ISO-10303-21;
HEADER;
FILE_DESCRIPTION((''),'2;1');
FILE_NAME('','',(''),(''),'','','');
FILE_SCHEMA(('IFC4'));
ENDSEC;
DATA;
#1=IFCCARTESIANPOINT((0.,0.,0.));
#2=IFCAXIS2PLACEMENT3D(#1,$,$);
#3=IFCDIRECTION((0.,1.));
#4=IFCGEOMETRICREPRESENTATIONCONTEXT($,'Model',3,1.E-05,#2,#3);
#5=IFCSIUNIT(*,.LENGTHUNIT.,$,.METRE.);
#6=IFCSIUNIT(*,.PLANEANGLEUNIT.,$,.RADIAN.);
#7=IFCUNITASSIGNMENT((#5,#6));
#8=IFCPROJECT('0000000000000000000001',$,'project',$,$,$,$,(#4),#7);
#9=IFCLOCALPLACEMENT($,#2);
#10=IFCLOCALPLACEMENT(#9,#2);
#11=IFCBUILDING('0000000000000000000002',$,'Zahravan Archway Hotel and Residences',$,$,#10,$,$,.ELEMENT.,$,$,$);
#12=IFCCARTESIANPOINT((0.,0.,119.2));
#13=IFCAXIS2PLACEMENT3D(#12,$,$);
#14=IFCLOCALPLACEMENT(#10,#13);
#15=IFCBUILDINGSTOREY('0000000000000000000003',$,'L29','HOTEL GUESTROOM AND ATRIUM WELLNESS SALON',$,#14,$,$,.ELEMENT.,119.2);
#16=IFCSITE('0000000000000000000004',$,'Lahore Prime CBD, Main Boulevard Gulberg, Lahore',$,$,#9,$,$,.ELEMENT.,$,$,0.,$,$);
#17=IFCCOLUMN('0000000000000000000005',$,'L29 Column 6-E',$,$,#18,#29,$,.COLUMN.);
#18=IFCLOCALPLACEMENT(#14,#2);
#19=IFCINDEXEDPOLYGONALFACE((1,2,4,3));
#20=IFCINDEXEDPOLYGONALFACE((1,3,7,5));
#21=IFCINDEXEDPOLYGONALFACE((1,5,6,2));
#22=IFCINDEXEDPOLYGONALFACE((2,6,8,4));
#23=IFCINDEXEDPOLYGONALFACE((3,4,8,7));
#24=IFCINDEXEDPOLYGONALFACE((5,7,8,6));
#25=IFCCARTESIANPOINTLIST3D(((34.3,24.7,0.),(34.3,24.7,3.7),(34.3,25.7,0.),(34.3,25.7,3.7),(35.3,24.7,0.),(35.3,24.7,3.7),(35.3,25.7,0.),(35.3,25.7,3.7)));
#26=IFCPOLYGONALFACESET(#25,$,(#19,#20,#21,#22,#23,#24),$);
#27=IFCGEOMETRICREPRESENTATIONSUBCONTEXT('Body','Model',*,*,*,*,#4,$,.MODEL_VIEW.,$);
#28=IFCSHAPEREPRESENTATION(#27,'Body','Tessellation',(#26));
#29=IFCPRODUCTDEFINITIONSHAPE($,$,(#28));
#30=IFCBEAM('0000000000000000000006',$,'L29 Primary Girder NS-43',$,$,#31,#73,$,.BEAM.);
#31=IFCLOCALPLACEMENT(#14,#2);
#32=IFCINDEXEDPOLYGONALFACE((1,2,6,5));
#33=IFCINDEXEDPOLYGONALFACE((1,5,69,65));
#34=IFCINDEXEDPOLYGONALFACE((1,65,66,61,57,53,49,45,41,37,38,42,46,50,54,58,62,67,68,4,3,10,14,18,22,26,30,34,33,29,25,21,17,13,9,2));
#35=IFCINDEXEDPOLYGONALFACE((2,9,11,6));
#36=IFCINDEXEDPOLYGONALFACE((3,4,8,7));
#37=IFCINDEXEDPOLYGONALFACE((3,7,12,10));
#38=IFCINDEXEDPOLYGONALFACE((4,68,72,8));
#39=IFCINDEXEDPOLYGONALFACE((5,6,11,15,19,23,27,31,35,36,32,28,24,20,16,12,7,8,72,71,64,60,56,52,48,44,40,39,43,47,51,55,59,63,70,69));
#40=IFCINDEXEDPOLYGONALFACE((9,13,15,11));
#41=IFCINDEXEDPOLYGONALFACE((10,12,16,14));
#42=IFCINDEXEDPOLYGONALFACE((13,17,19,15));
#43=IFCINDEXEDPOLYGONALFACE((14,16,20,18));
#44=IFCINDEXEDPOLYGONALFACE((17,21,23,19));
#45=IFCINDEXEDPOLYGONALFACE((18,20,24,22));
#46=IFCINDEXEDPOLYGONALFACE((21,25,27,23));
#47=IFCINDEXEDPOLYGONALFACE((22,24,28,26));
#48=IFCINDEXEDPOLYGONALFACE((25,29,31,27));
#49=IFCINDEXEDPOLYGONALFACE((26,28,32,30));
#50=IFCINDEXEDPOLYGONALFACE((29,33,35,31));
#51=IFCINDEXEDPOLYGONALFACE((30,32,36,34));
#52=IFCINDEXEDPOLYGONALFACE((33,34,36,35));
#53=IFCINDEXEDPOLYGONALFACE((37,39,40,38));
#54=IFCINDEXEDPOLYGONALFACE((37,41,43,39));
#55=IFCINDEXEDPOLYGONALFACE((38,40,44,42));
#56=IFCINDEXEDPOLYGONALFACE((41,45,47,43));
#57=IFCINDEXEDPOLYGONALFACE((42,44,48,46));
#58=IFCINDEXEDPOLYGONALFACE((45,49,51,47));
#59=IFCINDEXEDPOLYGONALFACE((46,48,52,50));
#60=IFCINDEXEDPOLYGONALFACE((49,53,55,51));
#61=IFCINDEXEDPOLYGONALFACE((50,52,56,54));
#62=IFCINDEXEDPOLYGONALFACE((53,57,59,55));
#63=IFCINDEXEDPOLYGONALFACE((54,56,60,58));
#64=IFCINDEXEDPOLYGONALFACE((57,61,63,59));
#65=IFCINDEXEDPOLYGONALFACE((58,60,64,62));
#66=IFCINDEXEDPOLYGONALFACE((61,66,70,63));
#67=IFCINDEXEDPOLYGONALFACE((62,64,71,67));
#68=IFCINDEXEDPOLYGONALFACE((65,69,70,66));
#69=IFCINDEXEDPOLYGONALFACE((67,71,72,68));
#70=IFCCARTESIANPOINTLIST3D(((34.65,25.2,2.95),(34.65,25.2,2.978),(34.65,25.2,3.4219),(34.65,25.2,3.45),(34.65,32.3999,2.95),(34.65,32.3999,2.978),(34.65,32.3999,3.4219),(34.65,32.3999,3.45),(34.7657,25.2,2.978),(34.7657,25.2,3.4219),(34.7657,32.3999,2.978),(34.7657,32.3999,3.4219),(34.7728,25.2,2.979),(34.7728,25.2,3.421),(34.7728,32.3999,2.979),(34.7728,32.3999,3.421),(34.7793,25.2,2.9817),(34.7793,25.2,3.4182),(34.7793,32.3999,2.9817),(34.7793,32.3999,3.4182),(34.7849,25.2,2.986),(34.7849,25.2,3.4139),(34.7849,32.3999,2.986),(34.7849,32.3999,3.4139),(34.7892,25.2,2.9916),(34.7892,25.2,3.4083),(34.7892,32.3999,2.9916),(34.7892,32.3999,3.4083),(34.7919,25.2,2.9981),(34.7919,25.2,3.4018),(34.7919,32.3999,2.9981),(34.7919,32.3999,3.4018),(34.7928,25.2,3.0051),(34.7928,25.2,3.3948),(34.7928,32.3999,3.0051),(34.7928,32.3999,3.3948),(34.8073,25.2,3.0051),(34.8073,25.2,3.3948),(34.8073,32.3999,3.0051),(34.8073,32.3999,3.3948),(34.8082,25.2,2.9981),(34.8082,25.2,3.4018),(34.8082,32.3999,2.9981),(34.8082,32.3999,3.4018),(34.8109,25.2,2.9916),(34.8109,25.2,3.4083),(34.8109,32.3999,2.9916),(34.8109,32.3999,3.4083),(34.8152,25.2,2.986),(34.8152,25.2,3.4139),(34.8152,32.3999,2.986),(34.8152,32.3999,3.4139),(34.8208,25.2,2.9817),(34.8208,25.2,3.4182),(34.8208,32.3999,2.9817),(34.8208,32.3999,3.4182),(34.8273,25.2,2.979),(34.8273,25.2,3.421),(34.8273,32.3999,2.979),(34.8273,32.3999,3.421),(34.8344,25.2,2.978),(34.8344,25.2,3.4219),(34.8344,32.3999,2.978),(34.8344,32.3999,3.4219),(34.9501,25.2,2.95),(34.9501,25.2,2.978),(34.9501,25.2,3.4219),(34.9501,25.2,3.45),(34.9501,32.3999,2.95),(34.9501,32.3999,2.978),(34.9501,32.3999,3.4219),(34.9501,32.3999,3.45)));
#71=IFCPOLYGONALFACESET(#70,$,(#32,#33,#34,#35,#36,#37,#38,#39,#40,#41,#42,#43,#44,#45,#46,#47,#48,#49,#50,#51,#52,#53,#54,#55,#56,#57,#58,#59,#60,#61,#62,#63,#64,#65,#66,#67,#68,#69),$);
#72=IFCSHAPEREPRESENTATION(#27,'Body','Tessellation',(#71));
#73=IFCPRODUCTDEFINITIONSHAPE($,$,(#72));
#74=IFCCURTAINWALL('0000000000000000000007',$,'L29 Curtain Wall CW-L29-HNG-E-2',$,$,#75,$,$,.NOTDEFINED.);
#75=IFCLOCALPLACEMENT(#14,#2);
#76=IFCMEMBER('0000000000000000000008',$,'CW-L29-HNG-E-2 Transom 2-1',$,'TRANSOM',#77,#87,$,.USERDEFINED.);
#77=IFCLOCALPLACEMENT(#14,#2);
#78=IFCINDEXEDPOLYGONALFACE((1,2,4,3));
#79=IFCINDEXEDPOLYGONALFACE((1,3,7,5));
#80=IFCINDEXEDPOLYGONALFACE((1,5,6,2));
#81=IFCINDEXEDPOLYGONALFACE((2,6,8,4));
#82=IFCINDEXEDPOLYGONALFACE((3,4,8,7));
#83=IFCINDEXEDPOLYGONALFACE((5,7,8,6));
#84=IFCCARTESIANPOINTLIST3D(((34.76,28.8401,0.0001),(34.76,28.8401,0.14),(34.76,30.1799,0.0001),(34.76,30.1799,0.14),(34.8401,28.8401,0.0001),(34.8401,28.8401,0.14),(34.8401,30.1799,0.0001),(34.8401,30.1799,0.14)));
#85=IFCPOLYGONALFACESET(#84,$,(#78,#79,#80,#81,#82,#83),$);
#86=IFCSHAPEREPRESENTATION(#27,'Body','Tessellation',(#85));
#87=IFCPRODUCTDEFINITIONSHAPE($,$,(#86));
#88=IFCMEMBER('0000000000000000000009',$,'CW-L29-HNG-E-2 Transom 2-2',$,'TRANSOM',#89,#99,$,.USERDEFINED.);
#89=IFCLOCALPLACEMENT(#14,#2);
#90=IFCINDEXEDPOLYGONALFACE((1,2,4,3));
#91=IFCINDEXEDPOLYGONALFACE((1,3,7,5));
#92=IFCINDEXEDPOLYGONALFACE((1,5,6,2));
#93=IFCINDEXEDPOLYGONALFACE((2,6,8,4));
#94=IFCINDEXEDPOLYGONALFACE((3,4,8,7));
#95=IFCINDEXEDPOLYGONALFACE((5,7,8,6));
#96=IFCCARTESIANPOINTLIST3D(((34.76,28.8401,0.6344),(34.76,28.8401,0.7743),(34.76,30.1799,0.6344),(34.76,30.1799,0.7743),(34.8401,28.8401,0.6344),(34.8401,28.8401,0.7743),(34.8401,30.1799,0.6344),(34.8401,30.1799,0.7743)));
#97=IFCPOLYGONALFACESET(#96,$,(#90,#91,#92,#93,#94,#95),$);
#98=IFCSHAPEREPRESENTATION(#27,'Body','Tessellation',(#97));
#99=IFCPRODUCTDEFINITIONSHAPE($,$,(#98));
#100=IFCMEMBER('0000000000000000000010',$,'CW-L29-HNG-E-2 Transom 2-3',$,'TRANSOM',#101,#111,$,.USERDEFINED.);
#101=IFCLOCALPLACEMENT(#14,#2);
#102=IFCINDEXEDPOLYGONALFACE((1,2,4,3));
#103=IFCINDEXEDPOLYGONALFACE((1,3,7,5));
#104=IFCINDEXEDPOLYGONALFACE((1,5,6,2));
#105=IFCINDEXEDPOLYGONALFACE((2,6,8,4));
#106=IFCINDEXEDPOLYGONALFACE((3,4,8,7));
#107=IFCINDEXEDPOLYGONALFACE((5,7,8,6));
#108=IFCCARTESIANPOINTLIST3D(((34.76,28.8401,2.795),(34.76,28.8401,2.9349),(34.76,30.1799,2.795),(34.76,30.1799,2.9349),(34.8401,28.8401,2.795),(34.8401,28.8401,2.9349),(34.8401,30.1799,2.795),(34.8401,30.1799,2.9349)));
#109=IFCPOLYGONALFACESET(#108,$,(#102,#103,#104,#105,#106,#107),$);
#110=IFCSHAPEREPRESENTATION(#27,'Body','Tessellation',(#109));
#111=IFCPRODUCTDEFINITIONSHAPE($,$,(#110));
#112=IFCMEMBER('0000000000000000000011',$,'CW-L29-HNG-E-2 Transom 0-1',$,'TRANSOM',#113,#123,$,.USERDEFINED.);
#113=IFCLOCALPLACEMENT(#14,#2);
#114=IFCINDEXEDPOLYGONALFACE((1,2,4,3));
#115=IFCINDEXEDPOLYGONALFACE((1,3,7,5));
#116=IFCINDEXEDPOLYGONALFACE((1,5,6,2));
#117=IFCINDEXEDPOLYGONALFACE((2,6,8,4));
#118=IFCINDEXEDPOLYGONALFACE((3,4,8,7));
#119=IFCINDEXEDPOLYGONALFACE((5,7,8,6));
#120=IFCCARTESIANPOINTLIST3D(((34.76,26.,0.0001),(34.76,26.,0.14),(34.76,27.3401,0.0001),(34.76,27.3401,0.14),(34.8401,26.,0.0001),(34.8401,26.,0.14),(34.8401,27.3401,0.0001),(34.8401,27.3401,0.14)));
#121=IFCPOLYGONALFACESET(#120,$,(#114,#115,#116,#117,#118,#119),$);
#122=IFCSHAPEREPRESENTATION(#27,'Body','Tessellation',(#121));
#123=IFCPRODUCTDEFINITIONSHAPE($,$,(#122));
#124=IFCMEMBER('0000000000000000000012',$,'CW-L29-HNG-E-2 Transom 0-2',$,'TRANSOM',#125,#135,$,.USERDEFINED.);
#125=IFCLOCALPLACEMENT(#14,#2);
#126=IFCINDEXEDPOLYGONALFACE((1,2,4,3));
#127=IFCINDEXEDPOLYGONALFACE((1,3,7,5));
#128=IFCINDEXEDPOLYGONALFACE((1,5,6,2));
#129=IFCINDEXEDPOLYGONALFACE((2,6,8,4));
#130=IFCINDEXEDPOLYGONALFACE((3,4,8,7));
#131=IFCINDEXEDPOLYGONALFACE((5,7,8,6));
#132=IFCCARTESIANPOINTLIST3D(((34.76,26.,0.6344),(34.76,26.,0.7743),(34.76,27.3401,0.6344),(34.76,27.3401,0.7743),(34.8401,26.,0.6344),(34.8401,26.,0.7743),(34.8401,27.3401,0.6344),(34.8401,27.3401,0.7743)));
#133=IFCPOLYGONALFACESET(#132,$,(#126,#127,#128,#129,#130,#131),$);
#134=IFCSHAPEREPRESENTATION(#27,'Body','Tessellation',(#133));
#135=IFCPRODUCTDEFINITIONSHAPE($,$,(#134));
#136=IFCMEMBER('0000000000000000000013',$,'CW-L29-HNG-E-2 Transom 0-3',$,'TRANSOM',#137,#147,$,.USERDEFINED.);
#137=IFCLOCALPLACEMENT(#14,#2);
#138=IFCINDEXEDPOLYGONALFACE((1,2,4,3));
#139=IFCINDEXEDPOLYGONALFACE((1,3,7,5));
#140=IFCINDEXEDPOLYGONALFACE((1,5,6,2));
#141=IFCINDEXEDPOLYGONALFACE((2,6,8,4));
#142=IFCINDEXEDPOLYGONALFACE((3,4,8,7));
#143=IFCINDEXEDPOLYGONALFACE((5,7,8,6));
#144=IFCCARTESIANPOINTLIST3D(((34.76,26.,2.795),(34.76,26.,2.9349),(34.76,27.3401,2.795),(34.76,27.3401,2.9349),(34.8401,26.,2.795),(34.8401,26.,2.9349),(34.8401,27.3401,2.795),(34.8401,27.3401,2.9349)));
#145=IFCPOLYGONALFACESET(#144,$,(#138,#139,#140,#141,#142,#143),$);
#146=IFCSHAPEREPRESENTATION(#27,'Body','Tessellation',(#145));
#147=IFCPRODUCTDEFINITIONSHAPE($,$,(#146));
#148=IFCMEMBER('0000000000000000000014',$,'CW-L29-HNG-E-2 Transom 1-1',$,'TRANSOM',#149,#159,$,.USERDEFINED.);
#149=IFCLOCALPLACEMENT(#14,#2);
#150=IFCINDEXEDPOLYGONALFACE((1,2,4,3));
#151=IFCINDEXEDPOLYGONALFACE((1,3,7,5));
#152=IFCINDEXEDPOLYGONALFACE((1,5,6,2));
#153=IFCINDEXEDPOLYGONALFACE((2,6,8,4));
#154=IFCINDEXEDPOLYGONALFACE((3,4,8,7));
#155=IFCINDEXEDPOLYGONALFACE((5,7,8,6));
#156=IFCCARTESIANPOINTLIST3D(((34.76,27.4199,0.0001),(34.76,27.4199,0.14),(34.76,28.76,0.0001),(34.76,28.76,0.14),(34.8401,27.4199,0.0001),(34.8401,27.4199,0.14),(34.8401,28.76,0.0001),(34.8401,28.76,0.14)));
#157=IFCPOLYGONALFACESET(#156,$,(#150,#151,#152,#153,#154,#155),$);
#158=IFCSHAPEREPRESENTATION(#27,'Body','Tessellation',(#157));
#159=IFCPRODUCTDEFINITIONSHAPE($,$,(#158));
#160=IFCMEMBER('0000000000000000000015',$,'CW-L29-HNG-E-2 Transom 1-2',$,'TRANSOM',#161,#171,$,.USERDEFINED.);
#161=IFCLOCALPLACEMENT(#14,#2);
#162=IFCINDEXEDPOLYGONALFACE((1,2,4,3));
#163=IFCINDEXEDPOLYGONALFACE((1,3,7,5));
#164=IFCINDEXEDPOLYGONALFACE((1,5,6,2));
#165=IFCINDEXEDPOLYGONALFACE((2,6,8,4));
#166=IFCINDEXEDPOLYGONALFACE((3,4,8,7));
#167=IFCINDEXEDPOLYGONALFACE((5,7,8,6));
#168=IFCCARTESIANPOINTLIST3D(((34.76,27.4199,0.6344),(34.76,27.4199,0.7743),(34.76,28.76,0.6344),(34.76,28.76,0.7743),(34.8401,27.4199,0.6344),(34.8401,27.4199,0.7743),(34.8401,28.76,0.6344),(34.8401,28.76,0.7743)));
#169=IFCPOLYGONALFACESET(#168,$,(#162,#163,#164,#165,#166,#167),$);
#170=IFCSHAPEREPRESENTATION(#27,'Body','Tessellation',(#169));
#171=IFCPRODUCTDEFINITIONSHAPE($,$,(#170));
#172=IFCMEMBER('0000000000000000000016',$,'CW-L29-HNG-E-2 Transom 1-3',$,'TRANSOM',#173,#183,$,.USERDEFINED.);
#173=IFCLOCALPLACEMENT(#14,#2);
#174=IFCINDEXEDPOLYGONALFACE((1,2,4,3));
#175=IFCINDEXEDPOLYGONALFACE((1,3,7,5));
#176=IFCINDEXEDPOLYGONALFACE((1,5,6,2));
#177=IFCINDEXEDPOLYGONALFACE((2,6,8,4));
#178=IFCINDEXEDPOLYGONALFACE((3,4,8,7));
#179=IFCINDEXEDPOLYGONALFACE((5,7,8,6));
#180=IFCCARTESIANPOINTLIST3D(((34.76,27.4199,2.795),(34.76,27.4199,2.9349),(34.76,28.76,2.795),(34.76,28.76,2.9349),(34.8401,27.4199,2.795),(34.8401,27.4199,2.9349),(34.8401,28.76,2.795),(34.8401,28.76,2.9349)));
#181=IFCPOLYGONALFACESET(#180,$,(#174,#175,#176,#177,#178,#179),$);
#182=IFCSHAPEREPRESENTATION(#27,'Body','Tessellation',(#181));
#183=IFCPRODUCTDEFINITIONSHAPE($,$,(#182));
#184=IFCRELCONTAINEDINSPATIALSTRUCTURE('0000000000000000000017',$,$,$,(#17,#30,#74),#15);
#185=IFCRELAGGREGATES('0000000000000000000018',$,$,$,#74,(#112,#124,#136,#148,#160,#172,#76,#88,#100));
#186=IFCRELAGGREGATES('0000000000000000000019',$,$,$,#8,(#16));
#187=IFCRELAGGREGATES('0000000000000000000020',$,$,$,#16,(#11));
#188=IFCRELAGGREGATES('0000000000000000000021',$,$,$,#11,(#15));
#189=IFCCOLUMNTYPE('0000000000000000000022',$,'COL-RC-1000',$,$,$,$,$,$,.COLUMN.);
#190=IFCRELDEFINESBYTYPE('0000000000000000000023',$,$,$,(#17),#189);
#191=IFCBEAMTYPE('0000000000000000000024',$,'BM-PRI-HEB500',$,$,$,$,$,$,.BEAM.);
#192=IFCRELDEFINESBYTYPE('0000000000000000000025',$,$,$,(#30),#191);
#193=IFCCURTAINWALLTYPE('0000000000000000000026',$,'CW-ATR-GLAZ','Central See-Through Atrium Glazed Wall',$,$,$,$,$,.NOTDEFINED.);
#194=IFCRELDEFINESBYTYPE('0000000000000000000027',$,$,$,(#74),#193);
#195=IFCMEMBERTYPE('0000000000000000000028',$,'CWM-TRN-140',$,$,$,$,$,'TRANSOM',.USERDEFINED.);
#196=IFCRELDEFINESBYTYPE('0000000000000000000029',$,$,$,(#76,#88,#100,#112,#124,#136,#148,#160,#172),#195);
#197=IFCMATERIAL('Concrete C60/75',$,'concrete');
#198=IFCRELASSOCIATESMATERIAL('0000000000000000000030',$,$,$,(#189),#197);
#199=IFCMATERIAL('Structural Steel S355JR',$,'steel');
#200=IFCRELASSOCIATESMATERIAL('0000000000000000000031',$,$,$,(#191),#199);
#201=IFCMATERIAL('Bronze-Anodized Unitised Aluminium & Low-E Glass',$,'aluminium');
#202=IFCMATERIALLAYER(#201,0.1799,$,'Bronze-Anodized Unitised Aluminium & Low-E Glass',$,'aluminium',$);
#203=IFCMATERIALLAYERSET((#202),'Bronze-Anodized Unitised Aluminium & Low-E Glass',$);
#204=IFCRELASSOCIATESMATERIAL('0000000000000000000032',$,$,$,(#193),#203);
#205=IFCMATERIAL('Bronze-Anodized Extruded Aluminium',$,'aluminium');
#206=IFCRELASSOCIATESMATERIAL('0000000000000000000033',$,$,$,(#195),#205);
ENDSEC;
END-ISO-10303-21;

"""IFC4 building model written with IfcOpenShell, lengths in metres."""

from ifc_helpers import new_model, si_unit, direction, frame, origin, origin_2d, place, context, subcontext, project, spatial, rectangle, i_section, extrude, source, transform, mapped, material, layer, layer_set, material_profile, profile_set, type_object, type_shapes, element, aggregate, save


model = new_model("IFC4")

# Units and contexts
model_context = context("Model", 3, precision=1e-05, world=origin(), true_north=direction((0.0, 1.0)))
body_context = subcontext(model_context, "Body", "Model", "MODEL_VIEW")
ifc_project = project(units=[si_unit("LENGTHUNIT", "METRE"), si_unit("PLANEANGLEUNIT", "RADIAN")], contexts=[model_context])

# Site, building, storey
site_placement = place(None, origin())
site = spatial("IfcSite", under=ifc_project, at=site_placement, Name="Lahore Prime CBD, Main Boulevard Gulberg, Lahore", CompositionType="ELEMENT", RefElevation=0.0)
building_placement = place(site_placement, origin())
building = spatial("IfcBuilding", under=site, at=building_placement, Name="Zahravan Archway Hotel and Residences", CompositionType="ELEMENT")
storey_placement = place(building_placement, frame((0.0, 0.0, 119.2)))
storey = spatial("IfcBuildingStorey", under=building, at=storey_placement, Name="L29", Description="HOTEL GUESTROOM AND ATRIUM WELLNESS SALON", CompositionType="ELEMENT", Elevation=119.2)

# Column
ifc_material_1 = material(Name="Concrete C60/75", Category="concrete")
ifc_material_profile_1 = material_profile(ifc_material_1, rectangle(XDim=1.0, YDim=1.0, at=origin_2d()), Name="RC-COL-1000x1000", Category="concrete")
ifc_profile_set_1 = profile_set([ifc_material_profile_1], Name="Concrete C60/75")
column_type = type_object("IfcColumnType", Name="COL-RC-1000", PredefinedType="COLUMN", material=ifc_profile_set_1)
shared_shape_1 = source(origin(), body_context, "Body", "SweptSolid", [
    extrude(rectangle(XDim=1.0, YDim=1.0, at=origin_2d()), origin(), (0.0, 0.0, 1.0), 3.7),
])
type_shapes(column_type, [shared_shape_1])
column_placement = place(storey_placement, frame((34.8, 25.2, 0.0), z_axis=(0.0, 0.0, 1.0), x_axis=(1.0, 0.0, 0.0)))
element("IfcColumn", 1, at=column_placement, inside=storey, type_object=column_type, Name="L29 Column 6-E", PredefinedType="COLUMN", context=body_context, shape_type="MappedRepresentation", body=[
    mapped(shared_shape_1, transform((0.0, 0.0, 0.0), scale=1.0)),
])

# Beam
ifc_material_2 = material(Name="Structural Steel S355JR", Category="steel")
ifc_material_profile_2 = material_profile(ifc_material_2, i_section(OverallWidth=0.3, OverallDepth=0.5, WebThickness=0.0144, FlangeThickness=0.0281, FilletRadius=0.0271, at=origin_2d()), Name="HEB 500", Category="steel")
ifc_profile_set_2 = profile_set([ifc_material_profile_2], Name="Structural Steel S355JR")
beam_type = type_object("IfcBeamType", Name="BM-PRI-HEB500", PredefinedType="BEAM", material=ifc_profile_set_2)
shared_shape_2 = source(origin(), body_context, "Body", "SweptSolid", [
    extrude(i_section(OverallWidth=0.3, OverallDepth=0.5, WebThickness=0.0144, FlangeThickness=0.0281, FilletRadius=0.0271, at=origin_2d()), origin(), (0.0, 0.0, 1.0), 7.2),
])
beam_placement = place(storey_placement, frame((34.8, 25.2, 3.2), z_axis=(0.0, 1.0, 0.0), x_axis=(-1.0, 0.0, 0.0)))
element("IfcBeam", 2, at=beam_placement, inside=storey, type_object=beam_type, Name="L29 Primary Girder NS-43", PredefinedType="BEAM", context=body_context, shape_type="MappedRepresentation", body=[
    mapped(shared_shape_2, transform((0.0, 0.0, 0.0), scale=1.0)),
])

# Curtain wall, members
ifc_material_3 = material(Name="Bronze-Anodized Unitised Aluminium & Low-E Glass", Category="aluminium")
ifc_layer_1 = layer(ifc_material_3, 0.1799, Name="Bronze-Anodized Unitised Aluminium & Low-E Glass", Category="aluminium")
ifc_layer_set_1 = layer_set([ifc_layer_1], Name="Bronze-Anodized Unitised Aluminium & Low-E Glass")
curtain_wall_type = type_object("IfcCurtainWallType", Name="CW-ATR-GLAZ", Description="Central See-Through Atrium Glazed Wall", PredefinedType="NOTDEFINED", material=ifc_layer_set_1)
curtain_wall_1_placement = place(storey_placement, origin())
curtain_wall_1 = element("IfcCurtainWall", 3, at=curtain_wall_1_placement, inside=storey, type_object=curtain_wall_type, Name="L29 Curtain Wall CW-L29-HNG-E-2", PredefinedType="NOTDEFINED")
ifc_material_4 = material(Name="Bronze-Anodized Extruded Aluminium", Category="aluminium")
ifc_material_profile_3 = material_profile(ifc_material_4, rectangle(XDim=0.0801, YDim=0.1399, at=origin_2d()), Name="TRN 80x140", Category="aluminium")
ifc_profile_set_3 = profile_set([ifc_material_profile_3], Name="Bronze-Anodized Extruded Aluminium")
member_type_1 = type_object("IfcMemberType", Name="CWM-TRN-140", ElementType="TRANSOM", PredefinedType="USERDEFINED", material=ifc_profile_set_3)
shared_shape_3 = source(origin(), body_context, "Body", "SweptSolid", [
    extrude(rectangle(XDim=0.0801, YDim=0.1399, at=origin_2d()), origin(), (0.0, 0.0, 1.0), 1.3398),
])
member_1_placement = place(storey_placement, frame((34.8, 28.8401, 0.0701), z_axis=(0.0, 1.0, 0.0), x_axis=(-1.0, 0.0, 0.0)))
member_1 = element("IfcMember", 4, at=member_1_placement, type_object=member_type_1, Name="CW-L29-HNG-E-2 Transom 2-1", ObjectType="TRANSOM", PredefinedType="USERDEFINED", context=body_context, shape_type="MappedRepresentation", body=[
    mapped(shared_shape_3, transform((0.0, 0.0, 0.0), scale=1.0)),
])
member_2_placement = place(storey_placement, frame((34.8, 28.8401, 0.7043), z_axis=(0.0, 1.0, 0.0), x_axis=(-1.0, 0.0, 0.0)))
member_2 = element("IfcMember", 5, at=member_2_placement, type_object=member_type_1, Name="CW-L29-HNG-E-2 Transom 2-2", ObjectType="TRANSOM", PredefinedType="USERDEFINED", context=body_context, shape_type="MappedRepresentation", body=[
    mapped(shared_shape_3, transform((0.0, 0.0, 0.0), scale=1.0)),
])
member_3_placement = place(storey_placement, frame((34.8, 28.8401, 2.865), z_axis=(0.0, 1.0, 0.0), x_axis=(-1.0, 0.0, 0.0)))
member_3 = element("IfcMember", 6, at=member_3_placement, type_object=member_type_1, Name="CW-L29-HNG-E-2 Transom 2-3", ObjectType="TRANSOM", PredefinedType="USERDEFINED", context=body_context, shape_type="MappedRepresentation", body=[
    mapped(shared_shape_3, transform((0.0, 0.0, 0.0), scale=1.0)),
])
shared_shape_4 = source(origin(), body_context, "Body", "SweptSolid", [
    extrude(rectangle(XDim=0.0801, YDim=0.1399, at=origin_2d()), origin(), (0.0, 0.0, 1.0), 1.3401),
])
member_4_placement = place(storey_placement, frame((34.8, 26.0, 0.0701), z_axis=(0.0, 1.0, 0.0), x_axis=(-1.0, 0.0, 0.0)))
member_4 = element("IfcMember", 7, at=member_4_placement, type_object=member_type_1, Name="CW-L29-HNG-E-2 Transom 0-1", ObjectType="TRANSOM", PredefinedType="USERDEFINED", context=body_context, shape_type="MappedRepresentation", body=[
    mapped(shared_shape_4, transform((0.0, 0.0, 0.0), scale=1.0)),
])
member_5_placement = place(storey_placement, frame((34.8, 26.0, 0.7043), z_axis=(0.0, 1.0, 0.0), x_axis=(-1.0, 0.0, 0.0)))
member_5 = element("IfcMember", 8, at=member_5_placement, type_object=member_type_1, Name="CW-L29-HNG-E-2 Transom 0-2", ObjectType="TRANSOM", PredefinedType="USERDEFINED", context=body_context, shape_type="MappedRepresentation", body=[
    mapped(shared_shape_4, transform((0.0, 0.0, 0.0), scale=1.0)),
])
member_6_placement = place(storey_placement, frame((34.8, 26.0, 2.865), z_axis=(0.0, 1.0, 0.0), x_axis=(-1.0, 0.0, 0.0)))
member_6 = element("IfcMember", 9, at=member_6_placement, type_object=member_type_1, Name="CW-L29-HNG-E-2 Transom 0-3", ObjectType="TRANSOM", PredefinedType="USERDEFINED", context=body_context, shape_type="MappedRepresentation", body=[
    mapped(shared_shape_4, transform((0.0, 0.0, 0.0), scale=1.0)),
])
member_7_placement = place(storey_placement, frame((34.8, 27.4199, 0.0701), z_axis=(0.0, 1.0, 0.0), x_axis=(-1.0, 0.0, 0.0)))
member_7 = element("IfcMember", 10, at=member_7_placement, type_object=member_type_1, Name="CW-L29-HNG-E-2 Transom 1-1", ObjectType="TRANSOM", PredefinedType="USERDEFINED", context=body_context, shape_type="MappedRepresentation", body=[
    mapped(shared_shape_4, transform((0.0, 0.0, 0.0), scale=1.0)),
])
member_8_placement = place(storey_placement, frame((34.8, 27.4199, 0.7043), z_axis=(0.0, 1.0, 0.0), x_axis=(-1.0, 0.0, 0.0)))
member_8 = element("IfcMember", 11, at=member_8_placement, type_object=member_type_1, Name="CW-L29-HNG-E-2 Transom 1-2", ObjectType="TRANSOM", PredefinedType="USERDEFINED", context=body_context, shape_type="MappedRepresentation", body=[
    mapped(shared_shape_4, transform((0.0, 0.0, 0.0), scale=1.0)),
])
member_9_placement = place(storey_placement, frame((34.8, 27.4199, 2.865), z_axis=(0.0, 1.0, 0.0), x_axis=(-1.0, 0.0, 0.0)))
member_9 = element("IfcMember", 12, at=member_9_placement, type_object=member_type_1, Name="CW-L29-HNG-E-2 Transom 1-3", ObjectType="TRANSOM", PredefinedType="USERDEFINED", context=body_context, shape_type="MappedRepresentation", body=[
    mapped(shared_shape_4, transform((0.0, 0.0, 0.0), scale=1.0)),
])

aggregate(curtain_wall_1, [member_4, member_5, member_6, member_7, member_8, member_9, member_1, member_2, member_3])

save(model, "model.ifc")
